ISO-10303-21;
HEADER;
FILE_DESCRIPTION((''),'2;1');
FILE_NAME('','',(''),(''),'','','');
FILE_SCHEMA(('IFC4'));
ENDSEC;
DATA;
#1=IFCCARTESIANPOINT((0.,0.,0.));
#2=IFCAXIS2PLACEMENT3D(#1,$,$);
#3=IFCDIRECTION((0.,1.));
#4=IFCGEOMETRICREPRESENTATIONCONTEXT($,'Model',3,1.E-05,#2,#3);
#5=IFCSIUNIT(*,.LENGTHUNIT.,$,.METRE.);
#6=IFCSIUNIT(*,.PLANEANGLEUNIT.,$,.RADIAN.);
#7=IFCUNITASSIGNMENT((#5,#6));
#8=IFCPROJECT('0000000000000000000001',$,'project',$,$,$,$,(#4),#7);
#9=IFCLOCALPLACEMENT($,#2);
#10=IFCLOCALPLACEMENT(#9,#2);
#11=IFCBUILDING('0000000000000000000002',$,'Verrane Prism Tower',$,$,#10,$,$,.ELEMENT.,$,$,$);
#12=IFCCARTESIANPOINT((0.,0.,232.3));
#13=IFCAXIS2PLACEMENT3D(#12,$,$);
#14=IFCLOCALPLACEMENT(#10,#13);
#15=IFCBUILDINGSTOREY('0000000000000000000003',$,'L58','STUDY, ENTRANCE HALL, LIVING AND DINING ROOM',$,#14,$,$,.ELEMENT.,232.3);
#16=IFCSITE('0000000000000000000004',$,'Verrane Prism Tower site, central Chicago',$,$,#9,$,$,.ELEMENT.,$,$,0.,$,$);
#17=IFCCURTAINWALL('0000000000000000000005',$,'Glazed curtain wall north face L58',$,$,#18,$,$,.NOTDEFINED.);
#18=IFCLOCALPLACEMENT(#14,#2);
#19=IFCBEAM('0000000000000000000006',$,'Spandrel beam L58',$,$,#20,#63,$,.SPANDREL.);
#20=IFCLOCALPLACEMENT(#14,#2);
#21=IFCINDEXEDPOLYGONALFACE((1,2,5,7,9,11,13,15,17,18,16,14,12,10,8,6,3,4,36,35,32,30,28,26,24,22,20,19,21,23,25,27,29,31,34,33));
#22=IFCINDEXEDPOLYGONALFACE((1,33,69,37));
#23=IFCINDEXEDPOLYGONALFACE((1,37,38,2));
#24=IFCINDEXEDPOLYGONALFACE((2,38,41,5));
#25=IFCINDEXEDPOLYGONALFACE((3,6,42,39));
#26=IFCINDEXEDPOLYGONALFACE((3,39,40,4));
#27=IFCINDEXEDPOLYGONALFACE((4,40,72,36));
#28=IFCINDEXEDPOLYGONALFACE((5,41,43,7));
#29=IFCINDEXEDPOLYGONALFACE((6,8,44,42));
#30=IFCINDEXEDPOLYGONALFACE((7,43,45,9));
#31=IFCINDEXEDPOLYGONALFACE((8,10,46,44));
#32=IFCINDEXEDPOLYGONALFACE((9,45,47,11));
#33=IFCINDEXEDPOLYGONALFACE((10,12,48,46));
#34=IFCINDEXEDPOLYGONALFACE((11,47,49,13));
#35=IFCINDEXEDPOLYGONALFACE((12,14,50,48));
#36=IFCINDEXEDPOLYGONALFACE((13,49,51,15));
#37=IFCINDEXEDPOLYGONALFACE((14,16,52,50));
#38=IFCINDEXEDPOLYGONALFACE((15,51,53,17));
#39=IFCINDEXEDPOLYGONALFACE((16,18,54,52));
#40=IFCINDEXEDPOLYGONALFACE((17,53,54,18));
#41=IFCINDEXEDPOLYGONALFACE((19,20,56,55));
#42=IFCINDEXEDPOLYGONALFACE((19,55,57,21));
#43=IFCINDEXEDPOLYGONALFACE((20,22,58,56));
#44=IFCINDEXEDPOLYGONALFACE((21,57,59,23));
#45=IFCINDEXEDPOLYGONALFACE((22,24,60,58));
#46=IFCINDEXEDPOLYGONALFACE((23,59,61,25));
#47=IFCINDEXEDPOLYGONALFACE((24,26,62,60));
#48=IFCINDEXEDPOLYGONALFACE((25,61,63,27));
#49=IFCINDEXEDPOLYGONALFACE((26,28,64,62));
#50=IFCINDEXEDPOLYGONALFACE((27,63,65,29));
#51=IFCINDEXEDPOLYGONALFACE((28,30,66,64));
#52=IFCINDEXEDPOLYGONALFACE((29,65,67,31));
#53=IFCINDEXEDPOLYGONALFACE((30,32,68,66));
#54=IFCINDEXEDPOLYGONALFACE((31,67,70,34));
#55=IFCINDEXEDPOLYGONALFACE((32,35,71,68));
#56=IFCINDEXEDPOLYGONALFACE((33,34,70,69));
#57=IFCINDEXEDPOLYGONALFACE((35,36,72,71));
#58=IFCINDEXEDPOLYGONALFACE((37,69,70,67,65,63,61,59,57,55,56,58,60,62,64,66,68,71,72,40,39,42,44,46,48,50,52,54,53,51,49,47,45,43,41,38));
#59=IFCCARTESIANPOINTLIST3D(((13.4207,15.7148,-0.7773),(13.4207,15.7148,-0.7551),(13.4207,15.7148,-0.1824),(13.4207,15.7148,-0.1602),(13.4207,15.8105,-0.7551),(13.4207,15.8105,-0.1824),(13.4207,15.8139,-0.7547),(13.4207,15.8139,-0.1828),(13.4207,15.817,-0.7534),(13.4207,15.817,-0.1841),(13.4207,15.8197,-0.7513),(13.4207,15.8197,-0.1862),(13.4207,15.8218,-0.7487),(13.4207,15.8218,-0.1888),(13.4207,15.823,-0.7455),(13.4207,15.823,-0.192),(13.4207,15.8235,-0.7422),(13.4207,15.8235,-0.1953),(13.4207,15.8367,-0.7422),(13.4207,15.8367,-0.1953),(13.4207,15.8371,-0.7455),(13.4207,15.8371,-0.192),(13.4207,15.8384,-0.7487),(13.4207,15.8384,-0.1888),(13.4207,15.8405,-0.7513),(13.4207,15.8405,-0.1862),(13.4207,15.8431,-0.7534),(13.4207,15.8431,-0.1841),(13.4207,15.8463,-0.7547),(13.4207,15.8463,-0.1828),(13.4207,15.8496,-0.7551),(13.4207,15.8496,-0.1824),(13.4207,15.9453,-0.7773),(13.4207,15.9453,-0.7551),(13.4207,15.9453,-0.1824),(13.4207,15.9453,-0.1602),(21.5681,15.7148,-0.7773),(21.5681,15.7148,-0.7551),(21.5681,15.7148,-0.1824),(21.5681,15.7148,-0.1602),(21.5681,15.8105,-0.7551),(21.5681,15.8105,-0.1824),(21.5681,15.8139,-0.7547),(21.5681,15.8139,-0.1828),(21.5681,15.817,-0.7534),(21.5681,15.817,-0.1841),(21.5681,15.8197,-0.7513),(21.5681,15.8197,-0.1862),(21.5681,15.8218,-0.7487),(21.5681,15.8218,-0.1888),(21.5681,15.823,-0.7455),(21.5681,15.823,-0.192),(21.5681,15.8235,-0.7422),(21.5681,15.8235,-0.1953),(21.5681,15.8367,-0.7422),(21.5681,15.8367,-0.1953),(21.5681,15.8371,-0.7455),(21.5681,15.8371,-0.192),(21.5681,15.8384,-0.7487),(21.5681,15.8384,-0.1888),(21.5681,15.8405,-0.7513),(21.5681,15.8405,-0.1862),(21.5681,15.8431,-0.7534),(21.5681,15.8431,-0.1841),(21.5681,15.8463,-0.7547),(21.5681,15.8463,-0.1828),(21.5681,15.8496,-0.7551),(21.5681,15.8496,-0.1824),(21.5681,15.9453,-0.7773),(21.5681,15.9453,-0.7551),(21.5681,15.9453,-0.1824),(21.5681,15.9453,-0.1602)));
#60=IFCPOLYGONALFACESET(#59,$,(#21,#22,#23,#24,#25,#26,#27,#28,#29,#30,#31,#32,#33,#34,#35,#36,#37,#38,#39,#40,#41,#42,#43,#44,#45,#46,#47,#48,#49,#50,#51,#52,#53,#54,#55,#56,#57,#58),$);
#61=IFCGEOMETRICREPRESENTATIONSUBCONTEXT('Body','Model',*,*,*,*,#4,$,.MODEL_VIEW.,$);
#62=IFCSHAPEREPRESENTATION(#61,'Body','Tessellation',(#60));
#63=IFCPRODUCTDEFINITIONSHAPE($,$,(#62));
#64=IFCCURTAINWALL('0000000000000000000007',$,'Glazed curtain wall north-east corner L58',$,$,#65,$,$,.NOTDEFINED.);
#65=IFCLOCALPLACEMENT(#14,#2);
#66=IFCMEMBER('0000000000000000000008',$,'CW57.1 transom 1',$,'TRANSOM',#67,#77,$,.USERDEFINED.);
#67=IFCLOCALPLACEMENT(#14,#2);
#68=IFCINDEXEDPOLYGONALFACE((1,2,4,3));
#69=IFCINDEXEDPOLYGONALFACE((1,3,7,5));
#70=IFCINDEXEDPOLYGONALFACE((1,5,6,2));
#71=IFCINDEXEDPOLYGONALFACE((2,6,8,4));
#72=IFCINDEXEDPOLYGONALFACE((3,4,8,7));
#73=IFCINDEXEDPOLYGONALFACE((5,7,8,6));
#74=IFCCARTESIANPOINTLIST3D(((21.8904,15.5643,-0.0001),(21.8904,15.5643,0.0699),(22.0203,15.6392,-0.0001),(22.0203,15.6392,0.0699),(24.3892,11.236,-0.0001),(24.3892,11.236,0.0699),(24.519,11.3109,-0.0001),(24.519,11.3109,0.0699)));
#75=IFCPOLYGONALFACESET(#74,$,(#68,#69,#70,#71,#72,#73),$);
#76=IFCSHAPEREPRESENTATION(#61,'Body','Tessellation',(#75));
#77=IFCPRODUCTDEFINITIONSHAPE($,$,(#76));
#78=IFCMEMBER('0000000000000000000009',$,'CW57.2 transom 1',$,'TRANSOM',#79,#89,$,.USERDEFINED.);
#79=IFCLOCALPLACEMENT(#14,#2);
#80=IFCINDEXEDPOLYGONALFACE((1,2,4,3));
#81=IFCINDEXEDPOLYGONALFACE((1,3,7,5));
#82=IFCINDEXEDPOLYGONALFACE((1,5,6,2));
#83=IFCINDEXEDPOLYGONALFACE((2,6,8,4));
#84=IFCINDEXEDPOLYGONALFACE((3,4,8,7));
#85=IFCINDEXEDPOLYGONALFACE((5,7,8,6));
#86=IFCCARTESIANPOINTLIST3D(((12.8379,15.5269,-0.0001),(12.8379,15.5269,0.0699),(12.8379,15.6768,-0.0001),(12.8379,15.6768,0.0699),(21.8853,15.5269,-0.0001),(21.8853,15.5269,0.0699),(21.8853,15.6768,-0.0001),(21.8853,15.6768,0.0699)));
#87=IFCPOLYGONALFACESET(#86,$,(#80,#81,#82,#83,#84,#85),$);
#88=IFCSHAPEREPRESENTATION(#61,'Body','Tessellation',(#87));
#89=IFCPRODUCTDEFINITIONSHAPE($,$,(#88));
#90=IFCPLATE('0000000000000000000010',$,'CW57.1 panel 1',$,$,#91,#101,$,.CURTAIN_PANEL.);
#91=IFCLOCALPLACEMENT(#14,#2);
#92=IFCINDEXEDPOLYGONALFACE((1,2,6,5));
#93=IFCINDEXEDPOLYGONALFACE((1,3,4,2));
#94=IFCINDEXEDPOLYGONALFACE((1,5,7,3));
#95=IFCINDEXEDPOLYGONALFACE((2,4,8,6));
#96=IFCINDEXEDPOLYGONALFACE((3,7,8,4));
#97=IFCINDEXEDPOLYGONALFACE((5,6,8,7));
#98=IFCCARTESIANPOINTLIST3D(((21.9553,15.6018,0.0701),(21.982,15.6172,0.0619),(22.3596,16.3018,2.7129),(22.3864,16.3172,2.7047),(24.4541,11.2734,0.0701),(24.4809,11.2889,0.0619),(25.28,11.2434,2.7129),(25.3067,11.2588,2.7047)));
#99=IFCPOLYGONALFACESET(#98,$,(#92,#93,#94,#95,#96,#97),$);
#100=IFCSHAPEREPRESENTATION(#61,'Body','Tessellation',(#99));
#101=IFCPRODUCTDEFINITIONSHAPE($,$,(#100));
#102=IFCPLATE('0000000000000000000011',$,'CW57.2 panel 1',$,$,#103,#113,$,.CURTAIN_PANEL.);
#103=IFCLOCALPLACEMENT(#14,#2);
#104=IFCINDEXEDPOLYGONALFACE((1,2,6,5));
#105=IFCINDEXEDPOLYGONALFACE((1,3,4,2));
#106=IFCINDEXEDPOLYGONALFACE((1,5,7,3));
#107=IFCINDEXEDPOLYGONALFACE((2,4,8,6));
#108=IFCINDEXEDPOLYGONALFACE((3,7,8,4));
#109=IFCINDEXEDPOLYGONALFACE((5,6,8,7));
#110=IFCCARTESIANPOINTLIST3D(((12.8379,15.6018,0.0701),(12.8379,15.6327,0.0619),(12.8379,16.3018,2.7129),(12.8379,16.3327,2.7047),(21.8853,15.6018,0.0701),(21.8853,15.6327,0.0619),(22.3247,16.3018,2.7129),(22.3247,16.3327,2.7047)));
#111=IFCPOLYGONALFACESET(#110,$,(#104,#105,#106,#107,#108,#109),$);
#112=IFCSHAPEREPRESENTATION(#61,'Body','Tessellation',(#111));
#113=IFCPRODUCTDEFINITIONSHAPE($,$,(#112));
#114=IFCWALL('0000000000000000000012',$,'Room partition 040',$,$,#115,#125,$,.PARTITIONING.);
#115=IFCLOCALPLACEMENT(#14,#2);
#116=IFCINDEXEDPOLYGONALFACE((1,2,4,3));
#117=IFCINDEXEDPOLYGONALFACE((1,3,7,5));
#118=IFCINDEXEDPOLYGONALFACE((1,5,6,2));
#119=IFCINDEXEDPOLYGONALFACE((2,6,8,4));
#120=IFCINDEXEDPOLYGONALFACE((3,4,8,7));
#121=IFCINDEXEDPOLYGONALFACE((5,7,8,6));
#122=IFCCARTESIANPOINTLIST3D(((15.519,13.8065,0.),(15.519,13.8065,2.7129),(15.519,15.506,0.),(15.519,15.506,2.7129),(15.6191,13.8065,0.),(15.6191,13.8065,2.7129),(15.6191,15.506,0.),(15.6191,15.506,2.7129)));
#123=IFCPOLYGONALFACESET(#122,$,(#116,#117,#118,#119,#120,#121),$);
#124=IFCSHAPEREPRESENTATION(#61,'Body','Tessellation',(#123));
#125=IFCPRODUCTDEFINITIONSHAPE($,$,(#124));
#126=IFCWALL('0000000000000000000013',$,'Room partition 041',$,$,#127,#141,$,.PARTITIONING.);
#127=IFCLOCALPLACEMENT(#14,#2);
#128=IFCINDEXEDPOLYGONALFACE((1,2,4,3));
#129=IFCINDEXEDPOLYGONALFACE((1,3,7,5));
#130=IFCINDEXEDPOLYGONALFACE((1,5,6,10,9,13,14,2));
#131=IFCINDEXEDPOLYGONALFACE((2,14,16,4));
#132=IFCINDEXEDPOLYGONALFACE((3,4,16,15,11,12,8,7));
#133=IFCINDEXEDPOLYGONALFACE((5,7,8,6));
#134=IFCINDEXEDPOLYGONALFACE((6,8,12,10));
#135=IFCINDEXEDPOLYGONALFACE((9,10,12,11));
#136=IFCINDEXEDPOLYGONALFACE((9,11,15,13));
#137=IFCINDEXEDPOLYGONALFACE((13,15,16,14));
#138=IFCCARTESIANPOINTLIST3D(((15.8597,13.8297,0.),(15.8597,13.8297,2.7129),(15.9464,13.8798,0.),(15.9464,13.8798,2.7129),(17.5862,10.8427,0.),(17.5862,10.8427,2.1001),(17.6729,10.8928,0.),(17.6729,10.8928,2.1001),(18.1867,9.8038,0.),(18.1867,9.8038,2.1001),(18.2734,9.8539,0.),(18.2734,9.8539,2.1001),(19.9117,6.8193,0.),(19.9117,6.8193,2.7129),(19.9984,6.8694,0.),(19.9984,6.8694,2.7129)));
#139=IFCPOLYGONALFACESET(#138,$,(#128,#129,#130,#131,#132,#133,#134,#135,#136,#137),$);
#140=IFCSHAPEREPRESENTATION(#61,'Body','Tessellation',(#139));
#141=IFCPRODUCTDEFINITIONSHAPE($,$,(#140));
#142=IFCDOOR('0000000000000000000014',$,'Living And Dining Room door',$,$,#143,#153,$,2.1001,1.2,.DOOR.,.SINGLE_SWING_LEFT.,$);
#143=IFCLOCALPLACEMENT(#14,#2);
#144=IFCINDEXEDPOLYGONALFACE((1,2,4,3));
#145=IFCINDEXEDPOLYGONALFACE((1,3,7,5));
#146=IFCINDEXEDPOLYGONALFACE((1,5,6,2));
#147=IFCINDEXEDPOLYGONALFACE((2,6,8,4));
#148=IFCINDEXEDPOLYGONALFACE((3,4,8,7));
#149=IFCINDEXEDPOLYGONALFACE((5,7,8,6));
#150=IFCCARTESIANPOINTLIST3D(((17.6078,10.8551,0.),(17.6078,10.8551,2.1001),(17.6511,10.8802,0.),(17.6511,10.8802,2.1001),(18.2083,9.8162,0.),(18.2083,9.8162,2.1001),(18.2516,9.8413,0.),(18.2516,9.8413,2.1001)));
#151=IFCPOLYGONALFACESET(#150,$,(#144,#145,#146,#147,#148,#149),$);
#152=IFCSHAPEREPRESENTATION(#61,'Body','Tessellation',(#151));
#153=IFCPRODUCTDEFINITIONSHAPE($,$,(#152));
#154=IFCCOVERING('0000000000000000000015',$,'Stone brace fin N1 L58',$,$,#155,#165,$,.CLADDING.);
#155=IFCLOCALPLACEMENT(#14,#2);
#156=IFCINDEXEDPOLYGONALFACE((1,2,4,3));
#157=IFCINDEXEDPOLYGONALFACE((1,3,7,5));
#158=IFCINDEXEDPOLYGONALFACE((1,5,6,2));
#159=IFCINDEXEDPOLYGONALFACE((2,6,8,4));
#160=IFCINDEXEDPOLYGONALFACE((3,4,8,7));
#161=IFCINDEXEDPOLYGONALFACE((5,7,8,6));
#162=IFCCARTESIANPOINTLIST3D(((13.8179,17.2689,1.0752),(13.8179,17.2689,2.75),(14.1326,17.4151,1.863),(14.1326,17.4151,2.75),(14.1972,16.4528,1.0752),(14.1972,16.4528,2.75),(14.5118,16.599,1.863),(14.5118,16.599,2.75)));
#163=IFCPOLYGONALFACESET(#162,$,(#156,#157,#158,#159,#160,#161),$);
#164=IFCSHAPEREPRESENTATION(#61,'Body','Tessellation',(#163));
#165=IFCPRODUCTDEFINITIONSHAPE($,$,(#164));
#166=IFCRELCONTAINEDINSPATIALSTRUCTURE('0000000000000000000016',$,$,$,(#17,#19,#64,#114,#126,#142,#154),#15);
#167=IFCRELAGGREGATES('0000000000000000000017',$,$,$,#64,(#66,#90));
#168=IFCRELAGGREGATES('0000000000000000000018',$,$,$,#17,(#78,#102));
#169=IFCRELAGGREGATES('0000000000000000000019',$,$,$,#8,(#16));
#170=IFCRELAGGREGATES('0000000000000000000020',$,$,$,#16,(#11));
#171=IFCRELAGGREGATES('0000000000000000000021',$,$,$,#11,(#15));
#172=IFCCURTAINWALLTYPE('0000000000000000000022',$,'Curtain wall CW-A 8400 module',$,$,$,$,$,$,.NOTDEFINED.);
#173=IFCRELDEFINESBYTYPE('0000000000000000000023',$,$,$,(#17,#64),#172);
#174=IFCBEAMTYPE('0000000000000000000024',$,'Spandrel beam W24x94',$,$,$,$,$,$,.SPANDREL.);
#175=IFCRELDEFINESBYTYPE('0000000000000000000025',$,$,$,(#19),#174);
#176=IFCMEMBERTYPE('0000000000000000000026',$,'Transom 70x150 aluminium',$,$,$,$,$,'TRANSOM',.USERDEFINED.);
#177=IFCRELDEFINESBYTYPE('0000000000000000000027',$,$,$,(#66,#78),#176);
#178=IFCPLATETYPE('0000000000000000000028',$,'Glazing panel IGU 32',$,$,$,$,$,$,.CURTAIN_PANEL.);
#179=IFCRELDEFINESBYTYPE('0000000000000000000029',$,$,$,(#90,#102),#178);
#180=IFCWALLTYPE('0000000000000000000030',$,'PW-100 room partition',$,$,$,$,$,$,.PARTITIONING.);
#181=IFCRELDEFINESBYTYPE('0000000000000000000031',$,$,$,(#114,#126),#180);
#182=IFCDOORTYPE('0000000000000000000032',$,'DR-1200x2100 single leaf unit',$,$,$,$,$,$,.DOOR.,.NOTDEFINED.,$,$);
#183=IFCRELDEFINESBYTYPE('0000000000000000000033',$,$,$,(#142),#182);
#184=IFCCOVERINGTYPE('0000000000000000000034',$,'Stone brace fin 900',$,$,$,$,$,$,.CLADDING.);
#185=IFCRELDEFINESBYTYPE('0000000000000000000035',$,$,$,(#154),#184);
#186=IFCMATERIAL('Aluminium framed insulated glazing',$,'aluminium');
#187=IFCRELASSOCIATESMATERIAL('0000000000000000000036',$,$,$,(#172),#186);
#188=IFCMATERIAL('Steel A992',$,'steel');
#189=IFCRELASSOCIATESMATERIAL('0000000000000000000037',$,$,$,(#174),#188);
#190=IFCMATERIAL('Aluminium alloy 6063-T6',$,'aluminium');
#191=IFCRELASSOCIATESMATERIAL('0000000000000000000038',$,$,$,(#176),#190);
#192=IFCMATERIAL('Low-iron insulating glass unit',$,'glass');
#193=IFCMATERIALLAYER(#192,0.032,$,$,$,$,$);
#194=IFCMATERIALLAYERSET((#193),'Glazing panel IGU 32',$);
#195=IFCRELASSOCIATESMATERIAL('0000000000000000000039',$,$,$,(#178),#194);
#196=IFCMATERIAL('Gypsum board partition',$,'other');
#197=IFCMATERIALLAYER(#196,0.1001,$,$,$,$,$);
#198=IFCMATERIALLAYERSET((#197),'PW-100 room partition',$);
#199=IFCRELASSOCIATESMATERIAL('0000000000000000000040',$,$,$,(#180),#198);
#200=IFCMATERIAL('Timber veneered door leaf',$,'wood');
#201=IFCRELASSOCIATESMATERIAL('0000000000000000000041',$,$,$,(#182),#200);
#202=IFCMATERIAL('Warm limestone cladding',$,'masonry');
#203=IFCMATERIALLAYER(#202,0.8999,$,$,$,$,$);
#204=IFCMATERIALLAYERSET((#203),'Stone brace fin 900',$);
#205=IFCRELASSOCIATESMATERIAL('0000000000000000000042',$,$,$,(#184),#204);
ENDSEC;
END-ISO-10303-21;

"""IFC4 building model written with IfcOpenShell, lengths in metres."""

from ifc_helpers import new_model, si_unit, direction, frame, frame_2d, origin, origin_2d, place, context, subcontext, project, spatial, polyline, rectangle, i_section, outline, extrude, material, layer, layer_set, material_profile, profile_set, type_object, element, fill, aggregate, save


model = new_model("IFC4")

# Units and contexts
model_context = context("Model", 3, precision=1e-05, world=origin(), true_north=direction((0.0, 1.0)))
body_context = subcontext(model_context, "Body", "Model", "MODEL_VIEW")
ifc_project = project(units=[si_unit("LENGTHUNIT", "METRE"), si_unit("PLANEANGLEUNIT", "RADIAN")], contexts=[model_context])

# Site, building, storey
site_placement = place(None, origin())
site = spatial("IfcSite", under=ifc_project, at=site_placement, Name="Verrane Prism Tower site, central Chicago", CompositionType="ELEMENT", RefElevation=0.0)
building_placement = place(site_placement, origin())
building = spatial("IfcBuilding", under=site, at=building_placement, Name="Verrane Prism Tower", CompositionType="ELEMENT")
storey_placement = place(building_placement, frame((0.0, 0.0, 232.3)))
storey = spatial("IfcBuildingStorey", under=building, at=storey_placement, Name="L58", Description="STUDY, ENTRANCE HALL, LIVING AND DINING ROOM", CompositionType="ELEMENT", Elevation=232.3)

# Curtain wall
ifc_material_1 = material(Name="Aluminium framed insulated glazing", Category="aluminium")
curtain_wall_type = type_object("IfcCurtainWallType", Name="Curtain wall CW-A 8400 module", PredefinedType="NOTDEFINED", material=ifc_material_1)
curtain_wall_1_placement = place(storey_placement, origin())
curtain_wall_1 = element("IfcCurtainWall", 1, at=curtain_wall_1_placement, inside=storey, type_object=curtain_wall_type, Name="Glazed curtain wall north face L58", PredefinedType="NOTDEFINED")

# Beam
ifc_material_2 = material(Name="Steel A992", Category="steel")
ifc_material_profile_1 = material_profile(ifc_material_2, i_section(OverallWidth=0.2305, OverallDepth=0.6172, WebThickness=0.0132, FlangeThickness=0.0222, FilletRadius=0.0129, at=origin_2d()), Name="W24x94")
ifc_profile_set_1 = profile_set([ifc_material_profile_1], Name="Steel A992")
beam_type_1 = type_object("IfcBeamType", Name="Spandrel beam W24x94", PredefinedType="SPANDREL", material=ifc_profile_set_1)
beam_1_placement = place(storey_placement, frame((21.5681, 15.8301, -0.4688), z_axis=(-1.0, 0.0, 0.0), x_axis=(0.0, -1.0, 0.0)))
element("IfcBeam", 2, at=beam_1_placement, inside=storey, type_object=beam_type_1, Name="Spandrel beam L58", PredefinedType="SPANDREL", context=body_context, shape_type="SweptSolid", body=[
    extrude(i_section(OverallWidth=0.2305, OverallDepth=0.6172, WebThickness=0.0132, FlangeThickness=0.0222, FilletRadius=0.0129, at=origin_2d()), origin(), (0.0, 0.0, 1.0), 8.1475),
])

# Curtain wall, member
curtain_wall_2_placement = place(storey_placement, origin())
curtain_wall_2 = element("IfcCurtainWall", 3, at=curtain_wall_2_placement, inside=storey, type_object=curtain_wall_type, Name="Glazed curtain wall north-east corner L58", PredefinedType="NOTDEFINED")
ifc_material_3 = material(Name="Aluminium alloy 6063-T6", Category="aluminium")
ifc_material_profile_2 = material_profile(ifc_material_3, rectangle(XDim=0.1499, YDim=0.0701, at=origin_2d()), Name="Transom 70x150 aluminium")
ifc_profile_set_2 = profile_set([ifc_material_profile_2], Name="Aluminium alloy 6063-T6")
member_type_1 = type_object("IfcMemberType", Name="Transom 70x150 aluminium", ElementType="TRANSOM", PredefinedType="USERDEFINED", material=ifc_profile_set_2)
member_1_placement = place(storey_placement, frame((24.4541, 11.2734, 0.0349), z_axis=(-0.499969, 0.866043, 0.0), x_axis=(-0.866043, -0.499969, 0.0)))
member_1 = element("IfcMember", 4, at=member_1_placement, type_object=member_type_1, Name="CW57.1 transom 1", ObjectType="TRANSOM", PredefinedType="USERDEFINED", context=body_context, shape_type="SweptSolid", body=[
    extrude(rectangle(XDim=0.1499, YDim=0.0701, at=origin_2d()), origin(), (0.0, 0.0, 1.0), 4.9978),
])

# Member
member_2_placement = place(storey_placement, frame((21.8853, 15.6018, 0.0349), z_axis=(-1.0, 0.0, 0.0), x_axis=(0.0, -1.0, 0.0)))
member_2 = element("IfcMember", 5, at=member_2_placement, type_object=member_type_1, Name="CW57.2 transom 1", ObjectType="TRANSOM", PredefinedType="USERDEFINED", context=body_context, shape_type="SweptSolid", body=[
    extrude(rectangle(XDim=0.1499, YDim=0.0701, at=origin_2d()), origin(), (0.0, 0.0, 1.0), 9.0474),
])

# Plates
ifc_material_4 = material(Name="Low-iron insulating glass unit", Category="glass")
ifc_layer_1 = layer(ifc_material_4, 0.032)
ifc_layer_set_1 = layer_set([ifc_layer_1], Name="Glazing panel IGU 32")
plate_type = type_object("IfcPlateType", Name="Glazing panel IGU 32", PredefinedType="CURTAIN_PANEL", material=ifc_layer_set_1)
plate_1_placement = place(storey_placement, frame((24.4541, 11.2734, 0.0701), z_axis=(-0.837152, -0.483309, 0.256102), x_axis=(-0.499983, 0.866035, 0.000004)))
plate_1 = element("IfcPlate", 6, at=plate_1_placement, type_object=plate_type, Name="CW57.1 panel 1", PredefinedType="CURTAIN_PANEL", context=body_context, shape_type="SweptSolid", body=[
    extrude(outline(polyline([(0.0, 0.0), (4.9979, 0.0), (5.4019, -2.734), (-0.4389, -2.734), (0.0, 0.0)])), origin(), (0.0, 0.0, -1.0), 0.032),
])
aggregate(curtain_wall_2, [member_1, plate_1])
plate_2_placement = place(storey_placement, frame((21.8853, 15.6018, 0.0701), z_axis=(0.0, -0.966671, 0.256023), x_axis=(-1.0, 0.0, 0.0)))
plate_2 = element("IfcPlate", 7, at=plate_2_placement, type_object=plate_type, Name="CW57.2 panel 1", PredefinedType="CURTAIN_PANEL", context=body_context, shape_type="SweptSolid", body=[
    extrude(outline(polyline([(0.0, 0.0), (9.0474, 0.0), (9.0474, -2.7339), (-0.4395, -2.7339), (0.0, 0.0)])), origin(), (0.0, 0.0, -1.0), 0.032),
])
aggregate(curtain_wall_1, [member_2, plate_2])

# Wall
ifc_material_5 = material(Name="Gypsum board partition", Category="other")
ifc_layer_2 = layer(ifc_material_5, 0.1001)
ifc_layer_set_2 = layer_set([ifc_layer_2], Name="PW-100 room partition")
wall_type = type_object("IfcWallType", Name="PW-100 room partition", PredefinedType="PARTITIONING", material=ifc_layer_set_2)
wall_1_placement = place(storey_placement, frame((15.5691, 13.8066, 0.0), z_axis=(0.0, 0.0, 1.0), x_axis=(0.0, 1.0, 0.0)))
element("IfcWall", 8, at=wall_1_placement, inside=storey, type_object=wall_type, Name="Room partition 040", PredefinedType="PARTITIONING", context=body_context, shape_type="SweptSolid", body=[
    extrude(rectangle(XDim=1.6995, YDim=0.1001, at=frame_2d((0.8496, 0.0))), origin(), (0.0, 0.0, 1.0), 2.7129),
])

# Wall, opening, door
wall_2_placement = place(storey_placement, frame((15.9031, 13.8547, 0.0), z_axis=(0.0, 0.0, 1.0), x_axis=(0.500416, -0.865785, 0.0)))
wall_2 = element("IfcWall", 9, at=wall_2_placement, inside=storey, type_object=wall_type, Name="Room partition 041", PredefinedType="PARTITIONING", context=body_context, shape_type="SweptSolid", body=[
    extrude(rectangle(XDim=8.0972, YDim=0.1001, at=frame_2d((4.0486, 0.0))), origin(), (0.0, 0.0, 1.0), 2.7129),
])
opening_placement = place(wall_2_placement, frame((3.45, 0.0, 0.0)))
opening = element("IfcOpeningElement", 10, at=opening_placement, cuts=wall_2, PredefinedType="OPENING", context=body_context, shape_type="SweptSolid", body=[
    extrude(rectangle(XDim=1.2, YDim=2.1001, at=frame_2d((0.6001, 1.05))), frame((0.0, 0.0601, 0.0), z_axis=(0.0, -1.0, 0.0), x_axis=(1.0, 0.0, 0.0)), (0.0, 0.0, 1.0), 0.1201),
])
ifc_material_6 = material(Name="Timber veneered door leaf", Category="wood")
door_type = type_object("IfcDoorType", Name="DR-1200x2100 single leaf unit", OperationType="NOTDEFINED", PredefinedType="DOOR", material=ifc_material_6)
door_placement = place(opening_placement, origin())
door = element("IfcDoor", 11, at=door_placement, inside=storey, type_object=door_type, Name="Living And Dining Room door", OperationType="SINGLE_SWING_LEFT", OverallHeight=2.1001, OverallWidth=1.2, PredefinedType="DOOR", context=body_context, shape_type="SweptSolid", body=[
    extrude(rectangle(XDim=1.2, YDim=2.1001, at=frame_2d((0.6001, 1.05))), frame((0.0, 0.0249, 0.0), z_axis=(0.0, -1.0, 0.0), x_axis=(1.0, 0.0, 0.0)), (0.0, 0.0, 1.0), 0.05),
])
fill(opening, door)

# Covering
ifc_material_7 = material(Name="Warm limestone cladding", Category="masonry")
ifc_layer_3 = layer(ifc_material_7, 0.8999)
ifc_layer_set_3 = layer_set([ifc_layer_3], Name="Stone brace fin 900")
covering_type = type_object("IfcCoveringType", Name="Stone brace fin 900", PredefinedType="CLADDING", material=ifc_layer_set_3)
covering_placement = place(storey_placement, frame((14.0076, 16.8608, 1.0752), z_axis=(0.0, 0.0, 1.0), x_axis=(0.906865, 0.421421, 0.0)))
element("IfcCovering", 12, at=covering_placement, inside=storey, type_object=covering_type, Name="Stone brace fin N1 L58", PredefinedType="CLADDING", context=body_context, shape_type="SweptSolid", body=[
    extrude(outline(polyline([(0.3469, 1.6748), (0.0, 1.6748), (0.0, 0.0), (0.3469, 0.7878), (0.3469, 1.6748)])), frame((0.0, 0.45, 0.0), z_axis=(0.0, -1.0, 0.0), x_axis=(1.0, 0.0, 0.0)), (0.0, 0.0, 1.0), 0.8999),
])

save(model, "model.ifc")
